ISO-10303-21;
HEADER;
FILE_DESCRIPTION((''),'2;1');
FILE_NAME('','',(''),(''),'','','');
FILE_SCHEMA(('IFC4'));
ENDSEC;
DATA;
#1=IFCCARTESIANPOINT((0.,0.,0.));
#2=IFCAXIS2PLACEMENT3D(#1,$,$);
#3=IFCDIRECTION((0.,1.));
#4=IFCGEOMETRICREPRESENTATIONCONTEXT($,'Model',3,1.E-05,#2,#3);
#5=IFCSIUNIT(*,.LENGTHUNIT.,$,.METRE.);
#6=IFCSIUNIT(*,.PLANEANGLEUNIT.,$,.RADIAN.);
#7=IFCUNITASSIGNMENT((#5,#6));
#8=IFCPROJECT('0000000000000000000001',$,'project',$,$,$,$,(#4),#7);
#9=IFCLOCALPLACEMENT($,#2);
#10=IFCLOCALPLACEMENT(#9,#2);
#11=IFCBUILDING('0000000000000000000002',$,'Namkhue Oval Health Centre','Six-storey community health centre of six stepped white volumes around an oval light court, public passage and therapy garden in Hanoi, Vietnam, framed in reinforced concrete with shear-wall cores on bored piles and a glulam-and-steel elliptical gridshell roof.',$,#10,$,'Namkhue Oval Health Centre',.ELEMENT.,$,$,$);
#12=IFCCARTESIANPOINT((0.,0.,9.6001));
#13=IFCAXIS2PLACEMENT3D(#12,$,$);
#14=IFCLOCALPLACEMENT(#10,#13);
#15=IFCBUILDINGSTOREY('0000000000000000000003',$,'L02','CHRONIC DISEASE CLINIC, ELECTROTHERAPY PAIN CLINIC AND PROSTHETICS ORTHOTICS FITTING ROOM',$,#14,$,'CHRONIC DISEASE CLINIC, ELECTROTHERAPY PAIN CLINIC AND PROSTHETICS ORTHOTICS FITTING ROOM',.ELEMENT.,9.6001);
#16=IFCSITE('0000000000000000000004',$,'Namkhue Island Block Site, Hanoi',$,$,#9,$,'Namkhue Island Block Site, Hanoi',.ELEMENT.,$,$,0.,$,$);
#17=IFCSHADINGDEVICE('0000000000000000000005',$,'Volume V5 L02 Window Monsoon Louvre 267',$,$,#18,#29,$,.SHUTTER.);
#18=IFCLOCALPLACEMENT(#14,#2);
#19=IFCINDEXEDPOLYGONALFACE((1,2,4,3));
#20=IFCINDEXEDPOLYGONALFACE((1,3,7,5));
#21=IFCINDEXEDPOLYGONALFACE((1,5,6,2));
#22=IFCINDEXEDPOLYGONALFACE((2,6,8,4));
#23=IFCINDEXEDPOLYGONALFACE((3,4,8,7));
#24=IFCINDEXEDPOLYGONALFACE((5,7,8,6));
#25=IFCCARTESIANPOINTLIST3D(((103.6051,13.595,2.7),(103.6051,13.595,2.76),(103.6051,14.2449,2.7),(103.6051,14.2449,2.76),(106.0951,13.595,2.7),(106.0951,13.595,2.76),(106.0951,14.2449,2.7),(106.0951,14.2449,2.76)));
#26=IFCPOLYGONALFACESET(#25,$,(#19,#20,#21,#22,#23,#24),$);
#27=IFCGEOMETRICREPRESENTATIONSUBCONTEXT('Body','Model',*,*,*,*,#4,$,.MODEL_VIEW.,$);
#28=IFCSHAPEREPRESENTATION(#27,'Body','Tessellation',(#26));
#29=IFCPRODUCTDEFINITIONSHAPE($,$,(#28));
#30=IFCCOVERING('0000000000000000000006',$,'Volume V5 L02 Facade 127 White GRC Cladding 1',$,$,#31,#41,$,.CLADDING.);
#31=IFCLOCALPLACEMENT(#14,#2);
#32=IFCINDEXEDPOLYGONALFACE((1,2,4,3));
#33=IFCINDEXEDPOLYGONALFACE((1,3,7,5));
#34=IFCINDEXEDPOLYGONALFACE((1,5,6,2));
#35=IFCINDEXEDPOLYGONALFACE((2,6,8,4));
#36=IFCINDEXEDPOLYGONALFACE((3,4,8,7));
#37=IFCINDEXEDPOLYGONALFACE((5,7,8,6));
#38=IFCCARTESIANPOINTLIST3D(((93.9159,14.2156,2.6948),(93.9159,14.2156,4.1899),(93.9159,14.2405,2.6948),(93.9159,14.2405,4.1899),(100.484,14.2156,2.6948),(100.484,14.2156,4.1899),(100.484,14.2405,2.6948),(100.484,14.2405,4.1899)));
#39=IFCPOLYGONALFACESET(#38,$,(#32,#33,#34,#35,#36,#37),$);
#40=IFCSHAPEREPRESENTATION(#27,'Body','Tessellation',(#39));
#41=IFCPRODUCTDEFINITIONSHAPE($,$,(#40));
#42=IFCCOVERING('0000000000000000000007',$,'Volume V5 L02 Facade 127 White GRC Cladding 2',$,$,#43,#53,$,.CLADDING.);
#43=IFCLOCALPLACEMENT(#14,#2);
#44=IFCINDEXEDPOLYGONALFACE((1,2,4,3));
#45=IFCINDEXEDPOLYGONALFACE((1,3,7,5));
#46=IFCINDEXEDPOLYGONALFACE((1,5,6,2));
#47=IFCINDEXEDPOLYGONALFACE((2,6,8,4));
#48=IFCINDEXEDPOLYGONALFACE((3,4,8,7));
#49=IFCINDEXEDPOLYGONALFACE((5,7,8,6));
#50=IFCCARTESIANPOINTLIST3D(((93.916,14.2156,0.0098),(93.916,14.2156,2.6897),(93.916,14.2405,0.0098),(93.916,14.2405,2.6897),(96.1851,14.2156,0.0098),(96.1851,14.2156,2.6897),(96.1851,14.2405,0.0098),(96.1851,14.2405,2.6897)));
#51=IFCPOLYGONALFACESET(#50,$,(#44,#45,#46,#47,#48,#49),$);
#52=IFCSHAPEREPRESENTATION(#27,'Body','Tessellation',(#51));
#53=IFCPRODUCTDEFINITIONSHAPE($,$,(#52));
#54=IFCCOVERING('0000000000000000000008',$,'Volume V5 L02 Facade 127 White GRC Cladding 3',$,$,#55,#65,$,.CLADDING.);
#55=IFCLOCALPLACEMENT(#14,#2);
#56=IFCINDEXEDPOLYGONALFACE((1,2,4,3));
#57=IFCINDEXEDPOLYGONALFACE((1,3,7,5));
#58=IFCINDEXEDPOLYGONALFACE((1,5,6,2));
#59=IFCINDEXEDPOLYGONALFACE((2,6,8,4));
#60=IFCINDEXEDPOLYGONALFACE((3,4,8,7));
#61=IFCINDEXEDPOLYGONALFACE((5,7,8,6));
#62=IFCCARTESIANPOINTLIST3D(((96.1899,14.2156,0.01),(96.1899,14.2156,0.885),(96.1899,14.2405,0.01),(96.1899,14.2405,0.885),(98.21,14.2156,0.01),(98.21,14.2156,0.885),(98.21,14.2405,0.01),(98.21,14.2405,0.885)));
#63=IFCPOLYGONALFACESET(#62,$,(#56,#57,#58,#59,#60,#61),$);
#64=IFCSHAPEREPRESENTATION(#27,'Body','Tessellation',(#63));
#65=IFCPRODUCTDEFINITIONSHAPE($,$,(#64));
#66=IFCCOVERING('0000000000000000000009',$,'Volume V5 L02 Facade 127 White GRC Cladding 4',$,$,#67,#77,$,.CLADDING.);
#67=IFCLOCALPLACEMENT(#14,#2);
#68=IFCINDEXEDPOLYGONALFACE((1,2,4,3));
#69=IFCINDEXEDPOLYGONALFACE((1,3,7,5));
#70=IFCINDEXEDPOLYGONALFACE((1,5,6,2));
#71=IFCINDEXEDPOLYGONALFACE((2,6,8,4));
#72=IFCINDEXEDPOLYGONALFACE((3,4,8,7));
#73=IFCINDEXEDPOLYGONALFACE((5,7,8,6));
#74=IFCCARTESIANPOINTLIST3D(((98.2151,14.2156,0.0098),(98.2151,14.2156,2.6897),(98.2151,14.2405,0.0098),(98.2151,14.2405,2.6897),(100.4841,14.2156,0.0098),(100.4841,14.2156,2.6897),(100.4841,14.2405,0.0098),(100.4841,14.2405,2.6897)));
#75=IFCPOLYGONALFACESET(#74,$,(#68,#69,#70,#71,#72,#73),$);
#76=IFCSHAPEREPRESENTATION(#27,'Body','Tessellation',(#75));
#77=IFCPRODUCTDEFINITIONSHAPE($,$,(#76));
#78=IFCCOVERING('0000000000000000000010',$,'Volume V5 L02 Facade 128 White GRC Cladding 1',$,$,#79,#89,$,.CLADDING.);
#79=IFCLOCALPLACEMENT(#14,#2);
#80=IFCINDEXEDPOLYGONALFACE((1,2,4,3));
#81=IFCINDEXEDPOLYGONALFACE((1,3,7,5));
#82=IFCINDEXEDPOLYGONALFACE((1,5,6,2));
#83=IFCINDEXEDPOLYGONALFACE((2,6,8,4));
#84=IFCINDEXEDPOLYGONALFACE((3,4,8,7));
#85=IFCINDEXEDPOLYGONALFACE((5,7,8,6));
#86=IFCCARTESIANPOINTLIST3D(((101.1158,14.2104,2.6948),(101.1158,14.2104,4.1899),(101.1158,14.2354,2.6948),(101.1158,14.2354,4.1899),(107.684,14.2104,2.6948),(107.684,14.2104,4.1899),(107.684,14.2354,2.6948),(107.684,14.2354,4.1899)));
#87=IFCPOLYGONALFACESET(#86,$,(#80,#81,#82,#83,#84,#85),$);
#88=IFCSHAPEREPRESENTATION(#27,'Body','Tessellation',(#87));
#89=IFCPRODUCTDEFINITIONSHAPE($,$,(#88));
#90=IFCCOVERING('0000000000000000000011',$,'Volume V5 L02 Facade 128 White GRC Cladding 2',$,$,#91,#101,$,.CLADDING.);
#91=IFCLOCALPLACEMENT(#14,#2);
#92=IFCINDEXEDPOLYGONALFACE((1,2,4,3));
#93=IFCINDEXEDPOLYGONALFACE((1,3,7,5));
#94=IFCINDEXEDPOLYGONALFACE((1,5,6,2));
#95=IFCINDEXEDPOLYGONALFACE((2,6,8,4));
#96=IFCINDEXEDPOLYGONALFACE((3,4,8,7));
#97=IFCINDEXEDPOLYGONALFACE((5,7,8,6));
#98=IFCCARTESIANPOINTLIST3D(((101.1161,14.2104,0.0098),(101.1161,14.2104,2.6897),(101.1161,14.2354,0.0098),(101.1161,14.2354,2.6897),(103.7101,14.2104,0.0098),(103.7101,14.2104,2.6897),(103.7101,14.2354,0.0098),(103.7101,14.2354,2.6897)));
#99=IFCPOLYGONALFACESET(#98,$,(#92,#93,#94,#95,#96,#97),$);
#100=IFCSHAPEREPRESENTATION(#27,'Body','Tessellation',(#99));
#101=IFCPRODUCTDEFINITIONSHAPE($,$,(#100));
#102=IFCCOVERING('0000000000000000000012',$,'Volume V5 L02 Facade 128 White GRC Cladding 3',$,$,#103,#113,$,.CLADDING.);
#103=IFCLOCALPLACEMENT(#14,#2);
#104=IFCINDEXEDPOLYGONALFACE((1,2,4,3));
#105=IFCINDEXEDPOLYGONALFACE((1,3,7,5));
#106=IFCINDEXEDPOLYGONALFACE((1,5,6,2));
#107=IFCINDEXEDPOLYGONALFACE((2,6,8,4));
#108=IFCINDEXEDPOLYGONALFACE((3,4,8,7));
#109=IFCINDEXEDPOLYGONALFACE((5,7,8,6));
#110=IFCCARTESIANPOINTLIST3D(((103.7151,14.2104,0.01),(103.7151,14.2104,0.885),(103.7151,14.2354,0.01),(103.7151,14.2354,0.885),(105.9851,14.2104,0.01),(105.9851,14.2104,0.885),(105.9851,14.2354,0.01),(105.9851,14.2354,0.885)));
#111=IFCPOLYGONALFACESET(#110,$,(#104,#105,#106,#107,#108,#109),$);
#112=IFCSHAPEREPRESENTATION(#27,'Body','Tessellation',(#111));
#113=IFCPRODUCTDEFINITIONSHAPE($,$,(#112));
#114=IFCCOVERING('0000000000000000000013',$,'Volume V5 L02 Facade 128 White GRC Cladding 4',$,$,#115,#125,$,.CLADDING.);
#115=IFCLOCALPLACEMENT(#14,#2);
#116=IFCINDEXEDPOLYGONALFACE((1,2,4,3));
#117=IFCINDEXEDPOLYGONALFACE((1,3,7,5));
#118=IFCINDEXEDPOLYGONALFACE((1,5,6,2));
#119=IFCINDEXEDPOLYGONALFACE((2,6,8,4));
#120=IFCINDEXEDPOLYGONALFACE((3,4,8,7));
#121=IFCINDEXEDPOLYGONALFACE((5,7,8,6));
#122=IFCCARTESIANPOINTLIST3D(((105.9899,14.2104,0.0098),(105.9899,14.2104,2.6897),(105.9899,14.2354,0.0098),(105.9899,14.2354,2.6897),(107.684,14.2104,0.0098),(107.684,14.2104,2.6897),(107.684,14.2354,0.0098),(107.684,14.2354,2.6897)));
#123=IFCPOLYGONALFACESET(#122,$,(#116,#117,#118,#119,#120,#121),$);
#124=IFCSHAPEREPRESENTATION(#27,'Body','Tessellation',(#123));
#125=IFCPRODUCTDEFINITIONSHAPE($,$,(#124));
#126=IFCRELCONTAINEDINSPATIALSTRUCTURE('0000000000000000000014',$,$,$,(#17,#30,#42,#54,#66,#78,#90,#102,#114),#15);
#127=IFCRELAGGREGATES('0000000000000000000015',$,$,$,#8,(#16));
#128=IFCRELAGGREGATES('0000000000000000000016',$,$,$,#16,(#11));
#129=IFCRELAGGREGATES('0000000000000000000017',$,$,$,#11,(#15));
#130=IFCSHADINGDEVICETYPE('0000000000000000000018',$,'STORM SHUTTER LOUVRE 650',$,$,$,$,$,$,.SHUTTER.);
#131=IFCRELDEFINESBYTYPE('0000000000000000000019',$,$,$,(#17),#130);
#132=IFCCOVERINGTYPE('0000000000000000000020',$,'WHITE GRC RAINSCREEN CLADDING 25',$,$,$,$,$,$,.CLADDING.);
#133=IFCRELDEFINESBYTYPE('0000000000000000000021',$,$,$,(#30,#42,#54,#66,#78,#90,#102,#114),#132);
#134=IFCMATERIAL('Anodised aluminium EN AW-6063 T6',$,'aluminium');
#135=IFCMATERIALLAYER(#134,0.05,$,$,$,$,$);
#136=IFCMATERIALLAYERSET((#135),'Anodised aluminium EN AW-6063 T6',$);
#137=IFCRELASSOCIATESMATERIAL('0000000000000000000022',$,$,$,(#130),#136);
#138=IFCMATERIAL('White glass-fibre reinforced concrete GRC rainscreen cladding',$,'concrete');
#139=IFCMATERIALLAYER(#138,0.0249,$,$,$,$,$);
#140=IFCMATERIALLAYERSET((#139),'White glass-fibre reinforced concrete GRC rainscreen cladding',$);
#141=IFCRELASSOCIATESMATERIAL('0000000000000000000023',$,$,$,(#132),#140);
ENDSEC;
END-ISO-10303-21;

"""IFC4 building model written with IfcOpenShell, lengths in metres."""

from ifc_helpers import new_model, si_unit, direction, frame, origin, origin_2d, place, context, subcontext, project, spatial, rectangle, extrude, material, layer, layer_set, type_object, element, save


model = new_model("IFC4")

# Units and contexts
model_context = context("Model", 3, precision=1e-05, world=origin(), true_north=direction((0.0, 1.0)))
body_context = subcontext(model_context, "Body", "Model", "MODEL_VIEW")
ifc_project = project(units=[si_unit("LENGTHUNIT", "METRE"), si_unit("PLANEANGLEUNIT", "RADIAN")], contexts=[model_context])

# Site, building, storey
site_placement = place(None, origin())
site = spatial("IfcSite", under=ifc_project, at=site_placement, Name="Namkhue Island Block Site, Hanoi", LongName="Namkhue Island Block Site, Hanoi", CompositionType="ELEMENT", RefElevation=0.0)
building_placement = place(site_placement, origin())
building = spatial("IfcBuilding", under=site, at=building_placement, Name="Namkhue Oval Health Centre", Description="Six-storey community health centre of six stepped white volumes around an oval light court, public passage and therapy garden in Hanoi, Vietnam, framed in reinforced concrete with shear-wall cores on bored piles and a glulam-and-steel elliptical gridshell roof.", LongName="Namkhue Oval Health Centre", CompositionType="ELEMENT")
storey_placement = place(building_placement, frame((0.0, 0.0, 9.6001)))
storey = spatial("IfcBuildingStorey", under=building, at=storey_placement, Name="L02", Description="CHRONIC DISEASE CLINIC, ELECTROTHERAPY PAIN CLINIC AND PROSTHETICS ORTHOTICS FITTING ROOM", LongName="CHRONIC DISEASE CLINIC, ELECTROTHERAPY PAIN CLINIC AND PROSTHETICS ORTHOTICS FITTING ROOM", CompositionType="ELEMENT", Elevation=9.6001)

# Shading device
ifc_material_1 = material(Name="Anodised aluminium EN AW-6063 T6", Category="aluminium")
ifc_layer_1 = layer(ifc_material_1, 0.05)
ifc_layer_set_1 = layer_set([ifc_layer_1], Name="Anodised aluminium EN AW-6063 T6")
shading_device_type_1 = type_object("IfcShadingDeviceType", Name="STORM SHUTTER LOUVRE 650", PredefinedType="SHUTTER", material=ifc_layer_set_1)
shading_device_1_placement = place(storey_placement, frame((104.8501, 13.9199, 2.7), z_axis=(0.0, 0.0, 1.0), x_axis=(1.0, 0.0, 0.0)))
element("IfcShadingDevice", 1, at=shading_device_1_placement, inside=storey, type_object=shading_device_type_1, Name="Volume V5 L02 Window Monsoon Louvre 267", PredefinedType="SHUTTER", context=body_context, shape_type="SweptSolid", body=[
    extrude(rectangle(XDim=2.49, YDim=0.6499, at=origin_2d()), origin(), (0.0, 0.0, 1.0), 0.0601),
])

# Coverings
ifc_material_2 = material(Name="White glass-fibre reinforced concrete GRC rainscreen cladding", Category="concrete")
ifc_layer_2 = layer(ifc_material_2, 0.0249)
ifc_layer_set_2 = layer_set([ifc_layer_2], Name="White glass-fibre reinforced concrete GRC rainscreen cladding")
covering_type = type_object("IfcCoveringType", Name="WHITE GRC RAINSCREEN CLADDING 25", PredefinedType="CLADDING", material=ifc_layer_set_2)
covering_1_placement = place(storey_placement, frame((97.2, 14.228, 2.6948), z_axis=(0.0, 0.0, 1.0), x_axis=(1.0, 0.0, 0.0)))
element("IfcCovering", 2, at=covering_1_placement, inside=storey, type_object=covering_type, Name="Volume V5 L02 Facade 127 White GRC Cladding 1", PredefinedType="CLADDING", context=body_context, shape_type="SweptSolid", body=[
    extrude(rectangle(XDim=6.5681, YDim=0.0249, at=origin_2d()), origin(), (0.0, 0.0, 1.0), 1.4951),
])
covering_2_placement = place(storey_placement, frame((95.0505, 14.228, 0.0098), z_axis=(0.0, 0.0, 1.0), x_axis=(1.0, 0.0, 0.0)))
element("IfcCovering", 3, at=covering_2_placement, inside=storey, type_object=covering_type, Name="Volume V5 L02 Facade 127 White GRC Cladding 2", PredefinedType="CLADDING", context=body_context, shape_type="SweptSolid", body=[
    extrude(rectangle(XDim=2.269, YDim=0.0249, at=origin_2d()), origin(), (0.0, 0.0, 1.0), 2.6799),
])
covering_3_placement = place(storey_placement, frame((97.2, 14.228, 0.01), z_axis=(0.0, 0.0, 1.0), x_axis=(1.0, 0.0, 0.0)))
element("IfcCovering", 4, at=covering_3_placement, inside=storey, type_object=covering_type, Name="Volume V5 L02 Facade 127 White GRC Cladding 3", PredefinedType="CLADDING", context=body_context, shape_type="SweptSolid", body=[
    extrude(rectangle(XDim=2.02, YDim=0.0249, at=origin_2d()), origin(), (0.0, 0.0, 1.0), 0.875),
])
covering_4_placement = place(storey_placement, frame((99.3496, 14.228, 0.0098), z_axis=(0.0, 0.0, 1.0), x_axis=(1.0, 0.0, 0.0)))
element("IfcCovering", 5, at=covering_4_placement, inside=storey, type_object=covering_type, Name="Volume V5 L02 Facade 127 White GRC Cladding 4", PredefinedType="CLADDING", context=body_context, shape_type="SweptSolid", body=[
    extrude(rectangle(XDim=2.269, YDim=0.0249, at=origin_2d()), origin(), (0.0, 0.0, 1.0), 2.6799),
])
covering_5_placement = place(storey_placement, frame((104.3999, 14.2229, 2.6948), z_axis=(0.0, 0.0, 1.0), x_axis=(1.0, 0.0, 0.0)))
element("IfcCovering", 6, at=covering_5_placement, inside=storey, type_object=covering_type, Name="Volume V5 L02 Facade 128 White GRC Cladding 1", PredefinedType="CLADDING", context=body_context, shape_type="SweptSolid", body=[
    extrude(rectangle(XDim=6.5681, YDim=0.0249, at=origin_2d()), origin(), (0.0, 0.0, 1.0), 1.4951),
])
covering_6_placement = place(storey_placement, frame((102.4131, 14.2229, 0.0098), z_axis=(0.0, 0.0, 1.0), x_axis=(1.0, 0.0, 0.0)))
element("IfcCovering", 7, at=covering_6_placement, inside=storey, type_object=covering_type, Name="Volume V5 L02 Facade 128 White GRC Cladding 2", PredefinedType="CLADDING", context=body_context, shape_type="SweptSolid", body=[
    extrude(rectangle(XDim=2.594, YDim=0.0249, at=origin_2d()), origin(), (0.0, 0.0, 1.0), 2.6799),
])
covering_7_placement = place(storey_placement, frame((104.8501, 14.2229, 0.01), z_axis=(0.0, 0.0, 1.0), x_axis=(1.0, 0.0, 0.0)))
element("IfcCovering", 8, at=covering_7_placement, inside=storey, type_object=covering_type, Name="Volume V5 L02 Facade 128 White GRC Cladding 3", PredefinedType="CLADDING", context=body_context, shape_type="SweptSolid", body=[
    extrude(rectangle(XDim=2.27, YDim=0.0249, at=origin_2d()), origin(), (0.0, 0.0, 1.0), 0.875),
])
covering_8_placement = place(storey_placement, frame((106.8369, 14.2229, 0.0098), z_axis=(0.0, 0.0, 1.0), x_axis=(1.0, 0.0, 0.0)))
element("IfcCovering", 9, at=covering_8_placement, inside=storey, type_object=covering_type, Name="Volume V5 L02 Facade 128 White GRC Cladding 4", PredefinedType="CLADDING", context=body_context, shape_type="SweptSolid", body=[
    extrude(rectangle(XDim=1.6941, YDim=0.0249, at=origin_2d()), origin(), (0.0, 0.0, 1.0), 2.6799),
])

save(model, "model.ifc")
